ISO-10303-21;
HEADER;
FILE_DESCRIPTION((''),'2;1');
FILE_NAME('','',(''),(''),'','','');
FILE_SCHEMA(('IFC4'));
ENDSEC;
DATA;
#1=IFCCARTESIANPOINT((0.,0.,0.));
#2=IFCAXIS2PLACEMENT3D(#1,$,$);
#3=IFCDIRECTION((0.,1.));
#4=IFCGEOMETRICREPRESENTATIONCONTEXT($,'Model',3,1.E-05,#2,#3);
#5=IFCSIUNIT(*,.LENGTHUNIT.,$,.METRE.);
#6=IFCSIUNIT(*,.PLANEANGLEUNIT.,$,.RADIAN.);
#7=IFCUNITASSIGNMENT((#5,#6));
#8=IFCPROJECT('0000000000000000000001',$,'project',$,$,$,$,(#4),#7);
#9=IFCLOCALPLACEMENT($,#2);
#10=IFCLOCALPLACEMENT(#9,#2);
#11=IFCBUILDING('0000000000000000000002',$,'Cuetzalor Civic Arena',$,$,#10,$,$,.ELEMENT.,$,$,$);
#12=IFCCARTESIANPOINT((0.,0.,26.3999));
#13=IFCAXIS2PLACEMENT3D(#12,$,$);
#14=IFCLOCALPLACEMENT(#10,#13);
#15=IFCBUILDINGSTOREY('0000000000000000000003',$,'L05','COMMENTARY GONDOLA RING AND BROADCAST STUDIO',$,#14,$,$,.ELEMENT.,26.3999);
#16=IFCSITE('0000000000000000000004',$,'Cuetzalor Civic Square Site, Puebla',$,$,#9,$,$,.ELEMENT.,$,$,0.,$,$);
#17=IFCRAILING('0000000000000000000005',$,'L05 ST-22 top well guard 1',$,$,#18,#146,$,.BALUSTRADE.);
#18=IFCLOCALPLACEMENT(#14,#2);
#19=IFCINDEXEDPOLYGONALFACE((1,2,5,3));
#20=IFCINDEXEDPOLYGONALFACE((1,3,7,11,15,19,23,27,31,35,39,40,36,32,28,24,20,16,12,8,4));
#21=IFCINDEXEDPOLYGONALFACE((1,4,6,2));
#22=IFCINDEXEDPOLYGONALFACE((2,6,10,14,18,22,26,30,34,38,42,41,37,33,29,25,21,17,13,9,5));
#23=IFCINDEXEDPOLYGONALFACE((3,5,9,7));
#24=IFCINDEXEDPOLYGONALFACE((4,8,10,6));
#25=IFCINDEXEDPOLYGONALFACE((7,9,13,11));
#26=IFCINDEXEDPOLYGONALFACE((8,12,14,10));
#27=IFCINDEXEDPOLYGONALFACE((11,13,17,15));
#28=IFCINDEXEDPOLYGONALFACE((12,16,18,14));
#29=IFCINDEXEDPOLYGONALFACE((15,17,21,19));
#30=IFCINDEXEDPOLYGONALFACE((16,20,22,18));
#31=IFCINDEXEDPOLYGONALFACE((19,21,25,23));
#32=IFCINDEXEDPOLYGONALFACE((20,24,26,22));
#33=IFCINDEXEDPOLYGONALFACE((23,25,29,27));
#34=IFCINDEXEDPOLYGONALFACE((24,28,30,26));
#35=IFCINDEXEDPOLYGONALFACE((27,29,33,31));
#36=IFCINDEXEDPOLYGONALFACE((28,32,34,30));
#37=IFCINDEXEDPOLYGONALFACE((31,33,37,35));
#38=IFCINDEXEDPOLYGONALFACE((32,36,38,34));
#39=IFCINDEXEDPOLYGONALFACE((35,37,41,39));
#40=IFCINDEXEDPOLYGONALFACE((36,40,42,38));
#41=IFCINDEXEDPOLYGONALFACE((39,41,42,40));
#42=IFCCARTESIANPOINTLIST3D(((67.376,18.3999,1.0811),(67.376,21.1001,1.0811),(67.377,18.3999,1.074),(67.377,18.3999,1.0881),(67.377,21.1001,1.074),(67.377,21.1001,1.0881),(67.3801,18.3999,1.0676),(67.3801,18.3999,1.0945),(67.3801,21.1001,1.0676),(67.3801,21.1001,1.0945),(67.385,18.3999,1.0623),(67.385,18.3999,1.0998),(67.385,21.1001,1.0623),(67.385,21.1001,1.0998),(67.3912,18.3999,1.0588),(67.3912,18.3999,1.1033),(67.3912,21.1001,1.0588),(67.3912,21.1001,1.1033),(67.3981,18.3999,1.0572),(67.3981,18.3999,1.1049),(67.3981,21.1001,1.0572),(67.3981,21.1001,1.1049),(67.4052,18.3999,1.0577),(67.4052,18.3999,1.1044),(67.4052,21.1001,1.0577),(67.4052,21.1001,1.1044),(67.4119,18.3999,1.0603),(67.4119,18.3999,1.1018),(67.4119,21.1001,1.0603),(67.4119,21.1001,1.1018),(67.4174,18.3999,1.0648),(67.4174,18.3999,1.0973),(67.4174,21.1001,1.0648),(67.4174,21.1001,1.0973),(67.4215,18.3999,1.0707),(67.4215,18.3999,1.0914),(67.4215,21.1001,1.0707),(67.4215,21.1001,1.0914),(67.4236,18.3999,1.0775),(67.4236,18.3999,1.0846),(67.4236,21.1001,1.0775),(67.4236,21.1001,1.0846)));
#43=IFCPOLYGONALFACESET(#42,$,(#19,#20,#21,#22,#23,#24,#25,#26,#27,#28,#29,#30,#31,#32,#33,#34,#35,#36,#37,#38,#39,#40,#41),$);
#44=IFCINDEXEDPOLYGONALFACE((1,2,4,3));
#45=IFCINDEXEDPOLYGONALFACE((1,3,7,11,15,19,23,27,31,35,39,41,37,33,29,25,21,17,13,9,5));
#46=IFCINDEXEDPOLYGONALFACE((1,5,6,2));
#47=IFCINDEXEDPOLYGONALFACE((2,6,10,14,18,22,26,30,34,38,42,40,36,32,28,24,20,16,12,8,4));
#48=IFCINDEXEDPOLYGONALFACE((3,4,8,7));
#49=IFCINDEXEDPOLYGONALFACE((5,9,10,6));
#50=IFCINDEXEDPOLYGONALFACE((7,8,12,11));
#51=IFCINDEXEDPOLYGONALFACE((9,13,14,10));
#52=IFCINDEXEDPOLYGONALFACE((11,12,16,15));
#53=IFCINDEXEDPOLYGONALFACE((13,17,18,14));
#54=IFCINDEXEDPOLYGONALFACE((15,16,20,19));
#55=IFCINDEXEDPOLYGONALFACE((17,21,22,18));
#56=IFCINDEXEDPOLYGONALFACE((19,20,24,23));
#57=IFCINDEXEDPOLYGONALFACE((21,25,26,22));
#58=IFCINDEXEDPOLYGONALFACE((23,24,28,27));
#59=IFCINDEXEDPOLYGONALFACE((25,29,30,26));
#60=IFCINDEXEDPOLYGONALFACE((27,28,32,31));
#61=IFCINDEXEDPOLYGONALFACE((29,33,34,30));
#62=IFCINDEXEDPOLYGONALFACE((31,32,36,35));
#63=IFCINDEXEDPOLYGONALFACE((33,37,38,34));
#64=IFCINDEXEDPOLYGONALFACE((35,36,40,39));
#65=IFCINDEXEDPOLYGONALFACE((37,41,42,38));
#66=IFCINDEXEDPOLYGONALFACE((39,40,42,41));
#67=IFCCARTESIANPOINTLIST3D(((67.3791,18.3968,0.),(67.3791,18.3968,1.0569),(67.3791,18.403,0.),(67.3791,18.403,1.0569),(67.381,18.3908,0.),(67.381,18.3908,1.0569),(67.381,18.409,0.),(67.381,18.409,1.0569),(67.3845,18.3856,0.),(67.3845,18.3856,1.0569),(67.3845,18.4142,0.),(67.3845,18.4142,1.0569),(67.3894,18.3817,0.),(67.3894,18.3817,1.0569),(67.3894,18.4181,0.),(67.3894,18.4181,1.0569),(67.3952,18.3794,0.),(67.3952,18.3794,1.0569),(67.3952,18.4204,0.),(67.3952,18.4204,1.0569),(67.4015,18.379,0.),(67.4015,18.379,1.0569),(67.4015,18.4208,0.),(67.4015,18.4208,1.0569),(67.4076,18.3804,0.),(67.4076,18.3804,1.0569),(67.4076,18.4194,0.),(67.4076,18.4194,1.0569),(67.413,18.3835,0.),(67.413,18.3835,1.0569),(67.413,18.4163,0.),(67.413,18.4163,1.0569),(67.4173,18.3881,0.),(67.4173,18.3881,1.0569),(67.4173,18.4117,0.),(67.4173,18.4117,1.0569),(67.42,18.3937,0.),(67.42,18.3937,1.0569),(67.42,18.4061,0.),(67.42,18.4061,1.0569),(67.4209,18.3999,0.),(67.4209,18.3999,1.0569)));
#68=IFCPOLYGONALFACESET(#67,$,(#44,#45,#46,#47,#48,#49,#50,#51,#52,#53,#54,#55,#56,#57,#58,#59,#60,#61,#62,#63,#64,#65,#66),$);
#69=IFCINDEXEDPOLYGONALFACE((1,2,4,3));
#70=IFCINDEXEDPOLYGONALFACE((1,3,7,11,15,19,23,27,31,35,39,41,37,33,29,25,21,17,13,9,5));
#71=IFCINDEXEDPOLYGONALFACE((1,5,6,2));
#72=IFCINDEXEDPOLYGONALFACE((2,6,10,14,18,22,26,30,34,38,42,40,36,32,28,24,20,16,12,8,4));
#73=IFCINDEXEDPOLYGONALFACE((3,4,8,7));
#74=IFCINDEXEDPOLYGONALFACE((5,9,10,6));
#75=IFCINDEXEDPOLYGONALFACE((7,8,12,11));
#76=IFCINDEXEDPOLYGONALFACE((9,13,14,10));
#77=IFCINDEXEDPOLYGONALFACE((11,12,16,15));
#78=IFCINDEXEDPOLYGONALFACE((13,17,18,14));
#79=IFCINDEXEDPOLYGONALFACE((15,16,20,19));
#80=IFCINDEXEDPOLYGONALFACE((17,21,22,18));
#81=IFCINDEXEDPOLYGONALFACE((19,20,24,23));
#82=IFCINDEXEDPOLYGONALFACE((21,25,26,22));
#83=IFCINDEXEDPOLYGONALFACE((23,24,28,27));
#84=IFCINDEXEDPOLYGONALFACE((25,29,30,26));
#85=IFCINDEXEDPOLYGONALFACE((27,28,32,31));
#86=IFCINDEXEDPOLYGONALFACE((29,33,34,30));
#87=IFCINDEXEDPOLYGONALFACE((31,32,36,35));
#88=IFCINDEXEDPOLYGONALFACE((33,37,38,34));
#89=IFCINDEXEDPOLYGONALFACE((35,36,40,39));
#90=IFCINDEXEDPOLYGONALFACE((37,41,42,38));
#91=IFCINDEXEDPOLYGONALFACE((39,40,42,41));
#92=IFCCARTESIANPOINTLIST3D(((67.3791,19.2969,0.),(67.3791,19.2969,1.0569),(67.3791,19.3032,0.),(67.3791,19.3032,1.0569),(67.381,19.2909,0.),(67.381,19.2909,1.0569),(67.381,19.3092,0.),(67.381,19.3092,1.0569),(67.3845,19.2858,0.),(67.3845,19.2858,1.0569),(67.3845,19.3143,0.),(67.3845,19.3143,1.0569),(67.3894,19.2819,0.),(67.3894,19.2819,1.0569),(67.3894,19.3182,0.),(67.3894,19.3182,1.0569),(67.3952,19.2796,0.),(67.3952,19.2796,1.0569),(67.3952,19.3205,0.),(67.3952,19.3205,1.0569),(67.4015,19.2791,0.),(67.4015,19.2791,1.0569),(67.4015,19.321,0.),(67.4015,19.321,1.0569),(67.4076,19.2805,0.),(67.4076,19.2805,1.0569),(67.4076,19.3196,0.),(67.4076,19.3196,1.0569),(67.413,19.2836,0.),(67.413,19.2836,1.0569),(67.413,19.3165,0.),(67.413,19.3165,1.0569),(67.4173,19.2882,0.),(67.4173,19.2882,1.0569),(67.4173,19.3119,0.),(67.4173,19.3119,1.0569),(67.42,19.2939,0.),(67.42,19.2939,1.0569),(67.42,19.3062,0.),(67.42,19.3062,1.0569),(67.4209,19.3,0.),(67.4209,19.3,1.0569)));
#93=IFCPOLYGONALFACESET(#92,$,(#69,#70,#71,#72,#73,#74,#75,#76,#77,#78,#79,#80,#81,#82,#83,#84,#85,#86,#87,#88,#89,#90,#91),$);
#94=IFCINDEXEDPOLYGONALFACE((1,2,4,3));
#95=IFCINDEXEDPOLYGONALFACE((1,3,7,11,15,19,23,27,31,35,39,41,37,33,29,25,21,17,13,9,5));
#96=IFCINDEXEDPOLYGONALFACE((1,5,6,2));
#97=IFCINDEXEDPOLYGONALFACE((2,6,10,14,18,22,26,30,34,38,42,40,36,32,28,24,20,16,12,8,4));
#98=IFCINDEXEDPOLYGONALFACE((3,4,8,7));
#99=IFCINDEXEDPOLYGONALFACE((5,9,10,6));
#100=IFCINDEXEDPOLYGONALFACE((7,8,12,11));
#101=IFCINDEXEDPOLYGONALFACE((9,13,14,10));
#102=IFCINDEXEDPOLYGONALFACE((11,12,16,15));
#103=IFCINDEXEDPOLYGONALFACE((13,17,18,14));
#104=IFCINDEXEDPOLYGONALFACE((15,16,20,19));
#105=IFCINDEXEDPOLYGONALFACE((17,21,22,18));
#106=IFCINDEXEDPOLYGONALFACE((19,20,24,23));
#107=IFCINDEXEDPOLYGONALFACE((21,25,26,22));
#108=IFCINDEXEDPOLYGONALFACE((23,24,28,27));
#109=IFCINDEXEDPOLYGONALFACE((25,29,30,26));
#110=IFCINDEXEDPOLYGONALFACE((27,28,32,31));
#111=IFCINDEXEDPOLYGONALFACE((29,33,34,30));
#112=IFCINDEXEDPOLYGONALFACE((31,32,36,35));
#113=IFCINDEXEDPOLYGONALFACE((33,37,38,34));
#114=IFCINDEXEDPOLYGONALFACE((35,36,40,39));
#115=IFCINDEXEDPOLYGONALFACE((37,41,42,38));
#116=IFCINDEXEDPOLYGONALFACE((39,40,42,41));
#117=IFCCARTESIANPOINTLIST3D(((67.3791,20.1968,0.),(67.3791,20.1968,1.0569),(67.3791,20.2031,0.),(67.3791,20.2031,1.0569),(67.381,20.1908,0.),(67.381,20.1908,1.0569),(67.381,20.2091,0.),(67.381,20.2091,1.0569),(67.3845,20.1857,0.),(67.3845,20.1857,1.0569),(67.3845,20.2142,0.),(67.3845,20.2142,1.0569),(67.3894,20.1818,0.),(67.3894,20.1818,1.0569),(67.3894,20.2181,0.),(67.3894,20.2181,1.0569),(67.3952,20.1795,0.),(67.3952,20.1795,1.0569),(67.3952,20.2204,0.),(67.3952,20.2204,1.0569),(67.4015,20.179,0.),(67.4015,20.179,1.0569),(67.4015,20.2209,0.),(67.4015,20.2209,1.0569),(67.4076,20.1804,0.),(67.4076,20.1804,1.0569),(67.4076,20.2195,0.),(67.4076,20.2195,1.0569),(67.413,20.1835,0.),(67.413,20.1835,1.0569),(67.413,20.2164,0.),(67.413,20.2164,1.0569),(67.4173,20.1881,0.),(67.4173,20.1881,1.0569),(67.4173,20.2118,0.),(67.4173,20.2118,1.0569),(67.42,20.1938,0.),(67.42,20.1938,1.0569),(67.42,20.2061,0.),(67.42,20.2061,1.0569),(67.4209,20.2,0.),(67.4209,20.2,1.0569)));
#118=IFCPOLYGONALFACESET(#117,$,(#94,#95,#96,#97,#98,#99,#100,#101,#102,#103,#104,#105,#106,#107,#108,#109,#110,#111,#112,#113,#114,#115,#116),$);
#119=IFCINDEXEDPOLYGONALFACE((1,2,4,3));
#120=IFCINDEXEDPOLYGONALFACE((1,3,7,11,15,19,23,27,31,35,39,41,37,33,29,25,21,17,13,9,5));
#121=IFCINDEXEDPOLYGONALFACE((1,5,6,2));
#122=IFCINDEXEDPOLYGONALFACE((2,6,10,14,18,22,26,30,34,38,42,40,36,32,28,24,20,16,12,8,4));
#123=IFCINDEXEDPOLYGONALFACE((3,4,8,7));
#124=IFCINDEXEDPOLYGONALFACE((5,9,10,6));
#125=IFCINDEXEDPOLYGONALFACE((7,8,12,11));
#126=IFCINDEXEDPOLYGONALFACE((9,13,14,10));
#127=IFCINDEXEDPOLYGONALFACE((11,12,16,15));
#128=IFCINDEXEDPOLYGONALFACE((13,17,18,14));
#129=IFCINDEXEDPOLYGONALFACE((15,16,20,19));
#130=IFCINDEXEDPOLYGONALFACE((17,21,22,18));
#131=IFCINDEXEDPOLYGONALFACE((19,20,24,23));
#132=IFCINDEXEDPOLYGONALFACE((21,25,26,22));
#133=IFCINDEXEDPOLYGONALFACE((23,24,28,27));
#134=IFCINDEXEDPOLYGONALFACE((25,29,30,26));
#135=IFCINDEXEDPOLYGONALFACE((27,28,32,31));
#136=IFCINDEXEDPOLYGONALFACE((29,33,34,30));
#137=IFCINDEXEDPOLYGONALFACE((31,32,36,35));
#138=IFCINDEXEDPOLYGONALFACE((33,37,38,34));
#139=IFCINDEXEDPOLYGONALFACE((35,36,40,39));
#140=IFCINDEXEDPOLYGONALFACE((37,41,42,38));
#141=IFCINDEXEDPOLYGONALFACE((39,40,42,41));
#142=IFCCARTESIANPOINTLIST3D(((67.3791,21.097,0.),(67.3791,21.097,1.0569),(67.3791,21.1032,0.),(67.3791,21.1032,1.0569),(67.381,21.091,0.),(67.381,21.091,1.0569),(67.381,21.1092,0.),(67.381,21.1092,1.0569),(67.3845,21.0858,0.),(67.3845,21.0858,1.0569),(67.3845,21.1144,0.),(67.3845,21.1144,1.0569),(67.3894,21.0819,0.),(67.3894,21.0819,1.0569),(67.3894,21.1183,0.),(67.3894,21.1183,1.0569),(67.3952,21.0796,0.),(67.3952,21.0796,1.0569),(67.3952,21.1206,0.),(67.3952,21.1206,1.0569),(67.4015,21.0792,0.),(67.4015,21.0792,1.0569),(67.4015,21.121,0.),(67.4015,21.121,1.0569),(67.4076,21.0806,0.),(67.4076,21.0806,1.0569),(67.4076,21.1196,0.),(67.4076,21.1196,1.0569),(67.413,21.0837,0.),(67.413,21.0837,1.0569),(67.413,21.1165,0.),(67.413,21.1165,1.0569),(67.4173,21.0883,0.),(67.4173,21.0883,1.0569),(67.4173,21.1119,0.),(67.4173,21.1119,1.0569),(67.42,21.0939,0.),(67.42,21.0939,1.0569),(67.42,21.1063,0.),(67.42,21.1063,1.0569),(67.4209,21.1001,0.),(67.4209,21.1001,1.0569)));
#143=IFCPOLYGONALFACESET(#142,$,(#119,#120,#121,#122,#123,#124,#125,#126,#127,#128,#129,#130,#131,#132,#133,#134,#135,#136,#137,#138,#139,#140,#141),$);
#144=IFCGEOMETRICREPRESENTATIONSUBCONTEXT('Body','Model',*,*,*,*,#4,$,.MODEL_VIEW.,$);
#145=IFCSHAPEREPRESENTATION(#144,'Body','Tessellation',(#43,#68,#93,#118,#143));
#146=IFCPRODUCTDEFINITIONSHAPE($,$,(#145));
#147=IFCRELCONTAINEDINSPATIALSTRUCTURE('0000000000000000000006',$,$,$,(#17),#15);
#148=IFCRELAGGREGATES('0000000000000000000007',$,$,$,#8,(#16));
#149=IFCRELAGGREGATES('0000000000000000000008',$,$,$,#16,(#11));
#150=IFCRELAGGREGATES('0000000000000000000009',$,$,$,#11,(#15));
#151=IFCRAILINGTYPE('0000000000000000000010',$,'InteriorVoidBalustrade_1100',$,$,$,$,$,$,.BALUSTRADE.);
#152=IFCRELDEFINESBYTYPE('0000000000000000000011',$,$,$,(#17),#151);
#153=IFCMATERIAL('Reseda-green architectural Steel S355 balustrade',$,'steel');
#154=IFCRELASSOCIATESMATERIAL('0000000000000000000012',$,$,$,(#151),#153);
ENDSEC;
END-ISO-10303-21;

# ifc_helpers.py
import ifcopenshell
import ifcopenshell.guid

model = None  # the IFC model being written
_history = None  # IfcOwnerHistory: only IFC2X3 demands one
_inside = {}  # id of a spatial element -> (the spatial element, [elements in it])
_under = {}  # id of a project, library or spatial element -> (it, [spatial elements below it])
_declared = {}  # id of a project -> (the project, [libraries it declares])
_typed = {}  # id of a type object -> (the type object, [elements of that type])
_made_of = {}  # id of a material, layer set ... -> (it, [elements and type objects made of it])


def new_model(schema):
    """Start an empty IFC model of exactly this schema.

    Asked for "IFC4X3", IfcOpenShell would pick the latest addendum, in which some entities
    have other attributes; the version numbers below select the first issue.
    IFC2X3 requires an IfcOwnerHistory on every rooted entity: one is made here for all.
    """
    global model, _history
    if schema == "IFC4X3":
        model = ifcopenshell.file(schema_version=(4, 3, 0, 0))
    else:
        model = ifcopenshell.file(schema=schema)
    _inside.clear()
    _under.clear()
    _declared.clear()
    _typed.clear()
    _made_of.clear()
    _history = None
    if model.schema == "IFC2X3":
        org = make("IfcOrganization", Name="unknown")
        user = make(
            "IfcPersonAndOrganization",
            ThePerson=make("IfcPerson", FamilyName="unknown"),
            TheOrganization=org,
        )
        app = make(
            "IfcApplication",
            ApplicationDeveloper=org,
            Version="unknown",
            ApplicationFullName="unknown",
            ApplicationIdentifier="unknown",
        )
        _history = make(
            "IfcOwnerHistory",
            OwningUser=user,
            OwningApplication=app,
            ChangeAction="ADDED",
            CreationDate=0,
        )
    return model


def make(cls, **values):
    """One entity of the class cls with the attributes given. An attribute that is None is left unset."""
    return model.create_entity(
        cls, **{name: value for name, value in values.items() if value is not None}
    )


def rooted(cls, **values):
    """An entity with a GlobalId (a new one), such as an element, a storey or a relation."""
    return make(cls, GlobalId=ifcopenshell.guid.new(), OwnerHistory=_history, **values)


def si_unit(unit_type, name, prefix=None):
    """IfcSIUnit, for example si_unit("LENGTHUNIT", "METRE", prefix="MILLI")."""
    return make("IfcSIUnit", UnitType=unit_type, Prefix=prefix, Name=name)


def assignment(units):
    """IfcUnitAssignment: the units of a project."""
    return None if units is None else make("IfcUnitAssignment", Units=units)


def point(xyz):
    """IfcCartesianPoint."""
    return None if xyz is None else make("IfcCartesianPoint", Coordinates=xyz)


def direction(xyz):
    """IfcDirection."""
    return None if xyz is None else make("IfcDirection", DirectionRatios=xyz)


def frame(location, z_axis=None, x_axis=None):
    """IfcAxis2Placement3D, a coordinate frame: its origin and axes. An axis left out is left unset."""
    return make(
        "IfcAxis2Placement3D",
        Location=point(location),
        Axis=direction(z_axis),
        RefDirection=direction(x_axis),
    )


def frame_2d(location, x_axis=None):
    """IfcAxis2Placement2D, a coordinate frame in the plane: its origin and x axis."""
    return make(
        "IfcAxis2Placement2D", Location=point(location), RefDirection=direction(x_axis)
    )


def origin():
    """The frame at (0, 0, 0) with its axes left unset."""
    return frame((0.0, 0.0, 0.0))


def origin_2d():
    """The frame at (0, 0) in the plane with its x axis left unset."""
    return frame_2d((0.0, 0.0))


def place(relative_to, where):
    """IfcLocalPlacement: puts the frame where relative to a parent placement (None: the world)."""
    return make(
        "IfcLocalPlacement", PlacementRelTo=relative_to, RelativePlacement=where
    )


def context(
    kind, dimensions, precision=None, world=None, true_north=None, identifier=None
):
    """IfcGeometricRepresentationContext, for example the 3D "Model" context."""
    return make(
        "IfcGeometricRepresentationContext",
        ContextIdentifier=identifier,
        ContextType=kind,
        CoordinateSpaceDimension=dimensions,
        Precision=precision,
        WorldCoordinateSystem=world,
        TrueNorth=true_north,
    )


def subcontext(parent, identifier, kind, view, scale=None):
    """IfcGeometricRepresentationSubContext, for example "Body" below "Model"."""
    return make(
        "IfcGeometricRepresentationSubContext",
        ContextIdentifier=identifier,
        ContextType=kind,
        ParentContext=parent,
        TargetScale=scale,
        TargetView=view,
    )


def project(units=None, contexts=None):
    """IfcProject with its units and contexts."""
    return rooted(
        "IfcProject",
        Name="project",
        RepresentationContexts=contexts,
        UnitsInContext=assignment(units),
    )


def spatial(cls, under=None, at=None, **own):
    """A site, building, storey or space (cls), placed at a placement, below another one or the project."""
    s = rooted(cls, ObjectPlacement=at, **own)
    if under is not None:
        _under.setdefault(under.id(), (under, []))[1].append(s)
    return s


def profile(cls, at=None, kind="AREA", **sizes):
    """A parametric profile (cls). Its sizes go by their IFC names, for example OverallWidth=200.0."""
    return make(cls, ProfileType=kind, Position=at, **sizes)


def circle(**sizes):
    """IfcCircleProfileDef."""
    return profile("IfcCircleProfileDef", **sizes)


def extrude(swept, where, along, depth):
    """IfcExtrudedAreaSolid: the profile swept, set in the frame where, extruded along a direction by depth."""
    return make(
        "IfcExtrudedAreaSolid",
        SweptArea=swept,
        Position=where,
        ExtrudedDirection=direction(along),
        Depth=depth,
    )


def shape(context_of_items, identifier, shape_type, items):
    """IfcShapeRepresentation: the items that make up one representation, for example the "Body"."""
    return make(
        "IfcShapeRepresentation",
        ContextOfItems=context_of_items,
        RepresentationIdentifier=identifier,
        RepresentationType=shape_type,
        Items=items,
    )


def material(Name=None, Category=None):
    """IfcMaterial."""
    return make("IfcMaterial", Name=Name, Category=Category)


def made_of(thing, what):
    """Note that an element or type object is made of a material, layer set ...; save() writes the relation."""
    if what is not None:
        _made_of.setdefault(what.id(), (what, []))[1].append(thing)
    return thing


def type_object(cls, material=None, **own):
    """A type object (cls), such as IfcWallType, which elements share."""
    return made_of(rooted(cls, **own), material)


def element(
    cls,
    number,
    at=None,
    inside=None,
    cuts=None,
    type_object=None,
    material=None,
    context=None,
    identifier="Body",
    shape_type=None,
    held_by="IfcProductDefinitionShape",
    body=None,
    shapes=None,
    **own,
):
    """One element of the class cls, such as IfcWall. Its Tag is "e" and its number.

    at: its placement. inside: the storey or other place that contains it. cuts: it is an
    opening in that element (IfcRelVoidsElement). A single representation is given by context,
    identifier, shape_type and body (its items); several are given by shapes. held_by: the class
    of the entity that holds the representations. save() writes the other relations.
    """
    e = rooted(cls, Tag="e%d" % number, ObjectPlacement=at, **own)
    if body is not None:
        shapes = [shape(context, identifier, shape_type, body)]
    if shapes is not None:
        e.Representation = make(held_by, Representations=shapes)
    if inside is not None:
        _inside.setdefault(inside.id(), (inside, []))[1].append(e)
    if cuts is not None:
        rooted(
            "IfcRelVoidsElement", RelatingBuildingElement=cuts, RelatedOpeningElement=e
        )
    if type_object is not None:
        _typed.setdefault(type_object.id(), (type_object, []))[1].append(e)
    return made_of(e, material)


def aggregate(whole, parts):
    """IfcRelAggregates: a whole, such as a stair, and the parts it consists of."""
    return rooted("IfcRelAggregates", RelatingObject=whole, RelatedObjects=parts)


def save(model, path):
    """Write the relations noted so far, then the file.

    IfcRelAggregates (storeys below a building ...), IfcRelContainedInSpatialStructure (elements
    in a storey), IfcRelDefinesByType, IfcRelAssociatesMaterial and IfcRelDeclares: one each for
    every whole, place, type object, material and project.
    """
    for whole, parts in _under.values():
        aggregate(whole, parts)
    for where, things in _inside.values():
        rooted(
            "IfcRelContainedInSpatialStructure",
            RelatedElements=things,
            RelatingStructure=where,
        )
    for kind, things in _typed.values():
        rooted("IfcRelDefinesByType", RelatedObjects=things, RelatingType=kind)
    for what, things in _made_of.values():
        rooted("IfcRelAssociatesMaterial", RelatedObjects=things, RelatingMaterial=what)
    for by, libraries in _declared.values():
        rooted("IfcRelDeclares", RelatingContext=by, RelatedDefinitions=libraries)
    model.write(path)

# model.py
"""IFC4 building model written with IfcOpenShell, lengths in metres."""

from ifc_helpers import new_model, si_unit, direction, frame, origin, origin_2d, place, context, subcontext, project, spatial, circle, extrude, material, type_object, element, save


model = new_model("IFC4")

# Units and contexts
model_context = context("Model", 3, precision=1e-05, world=origin(), true_north=direction((0.0, 1.0)))
body_context = subcontext(model_context, "Body", "Model", "MODEL_VIEW")
ifc_project = project(units=[si_unit("LENGTHUNIT", "METRE"), si_unit("PLANEANGLEUNIT", "RADIAN")], contexts=[model_context])

# Site, building, storey
site_placement = place(None, origin())
site = spatial("IfcSite", under=ifc_project, at=site_placement, Name="Cuetzalor Civic Square Site, Puebla", CompositionType="ELEMENT", RefElevation=0.0)
building_placement = place(site_placement, origin())
building = spatial("IfcBuilding", under=site, at=building_placement, Name="Cuetzalor Civic Arena", CompositionType="ELEMENT")
storey_placement = place(building_placement, frame((0.0, 0.0, 26.3999)))
storey = spatial("IfcBuildingStorey", under=building, at=storey_placement, Name="L05", Description="COMMENTARY GONDOLA RING AND BROADCAST STUDIO", CompositionType="ELEMENT", Elevation=26.3999)

# Railing
ifc_material_1 = material(Name="Reseda-green architectural Steel S355 balustrade", Category="steel")
railing_type = type_object("IfcRailingType", Name="InteriorVoidBalustrade_1100", PredefinedType="BALUSTRADE", material=ifc_material_1)
railing_placement = place(storey_placement, frame((67.3999, 18.3999, 0.0)))
element("IfcRailing", 1, at=railing_placement, inside=storey, type_object=railing_type, Name="L05 ST-22 top well guard 1", PredefinedType="BALUSTRADE", context=body_context, shape_type="SweptSolid", body=[
    extrude(circle(Radius=0.0239, at=origin_2d()), frame((0.0, 0.0, 1.0811), z_axis=(0.0, 1.0, 0.0), x_axis=(-1.0, 0.0, 0.0)), (0.0, 0.0, 1.0), 2.7002),
    extrude(circle(Radius=0.021, at=origin_2d()), origin(), (0.0, 0.0, 1.0), 1.0569),
    extrude(circle(Radius=0.021, at=origin_2d()), frame((0.0, 0.9001, 0.0)), (0.0, 0.0, 1.0), 1.0569),
    extrude(circle(Radius=0.021, at=origin_2d()), frame((0.0, 1.8, 0.0)), (0.0, 0.0, 1.0), 1.0569),
    extrude(circle(Radius=0.021, at=origin_2d()), frame((0.0, 2.7002, 0.0)), (0.0, 0.0, 1.0), 1.0569),
])

save(model, "model.ifc")
